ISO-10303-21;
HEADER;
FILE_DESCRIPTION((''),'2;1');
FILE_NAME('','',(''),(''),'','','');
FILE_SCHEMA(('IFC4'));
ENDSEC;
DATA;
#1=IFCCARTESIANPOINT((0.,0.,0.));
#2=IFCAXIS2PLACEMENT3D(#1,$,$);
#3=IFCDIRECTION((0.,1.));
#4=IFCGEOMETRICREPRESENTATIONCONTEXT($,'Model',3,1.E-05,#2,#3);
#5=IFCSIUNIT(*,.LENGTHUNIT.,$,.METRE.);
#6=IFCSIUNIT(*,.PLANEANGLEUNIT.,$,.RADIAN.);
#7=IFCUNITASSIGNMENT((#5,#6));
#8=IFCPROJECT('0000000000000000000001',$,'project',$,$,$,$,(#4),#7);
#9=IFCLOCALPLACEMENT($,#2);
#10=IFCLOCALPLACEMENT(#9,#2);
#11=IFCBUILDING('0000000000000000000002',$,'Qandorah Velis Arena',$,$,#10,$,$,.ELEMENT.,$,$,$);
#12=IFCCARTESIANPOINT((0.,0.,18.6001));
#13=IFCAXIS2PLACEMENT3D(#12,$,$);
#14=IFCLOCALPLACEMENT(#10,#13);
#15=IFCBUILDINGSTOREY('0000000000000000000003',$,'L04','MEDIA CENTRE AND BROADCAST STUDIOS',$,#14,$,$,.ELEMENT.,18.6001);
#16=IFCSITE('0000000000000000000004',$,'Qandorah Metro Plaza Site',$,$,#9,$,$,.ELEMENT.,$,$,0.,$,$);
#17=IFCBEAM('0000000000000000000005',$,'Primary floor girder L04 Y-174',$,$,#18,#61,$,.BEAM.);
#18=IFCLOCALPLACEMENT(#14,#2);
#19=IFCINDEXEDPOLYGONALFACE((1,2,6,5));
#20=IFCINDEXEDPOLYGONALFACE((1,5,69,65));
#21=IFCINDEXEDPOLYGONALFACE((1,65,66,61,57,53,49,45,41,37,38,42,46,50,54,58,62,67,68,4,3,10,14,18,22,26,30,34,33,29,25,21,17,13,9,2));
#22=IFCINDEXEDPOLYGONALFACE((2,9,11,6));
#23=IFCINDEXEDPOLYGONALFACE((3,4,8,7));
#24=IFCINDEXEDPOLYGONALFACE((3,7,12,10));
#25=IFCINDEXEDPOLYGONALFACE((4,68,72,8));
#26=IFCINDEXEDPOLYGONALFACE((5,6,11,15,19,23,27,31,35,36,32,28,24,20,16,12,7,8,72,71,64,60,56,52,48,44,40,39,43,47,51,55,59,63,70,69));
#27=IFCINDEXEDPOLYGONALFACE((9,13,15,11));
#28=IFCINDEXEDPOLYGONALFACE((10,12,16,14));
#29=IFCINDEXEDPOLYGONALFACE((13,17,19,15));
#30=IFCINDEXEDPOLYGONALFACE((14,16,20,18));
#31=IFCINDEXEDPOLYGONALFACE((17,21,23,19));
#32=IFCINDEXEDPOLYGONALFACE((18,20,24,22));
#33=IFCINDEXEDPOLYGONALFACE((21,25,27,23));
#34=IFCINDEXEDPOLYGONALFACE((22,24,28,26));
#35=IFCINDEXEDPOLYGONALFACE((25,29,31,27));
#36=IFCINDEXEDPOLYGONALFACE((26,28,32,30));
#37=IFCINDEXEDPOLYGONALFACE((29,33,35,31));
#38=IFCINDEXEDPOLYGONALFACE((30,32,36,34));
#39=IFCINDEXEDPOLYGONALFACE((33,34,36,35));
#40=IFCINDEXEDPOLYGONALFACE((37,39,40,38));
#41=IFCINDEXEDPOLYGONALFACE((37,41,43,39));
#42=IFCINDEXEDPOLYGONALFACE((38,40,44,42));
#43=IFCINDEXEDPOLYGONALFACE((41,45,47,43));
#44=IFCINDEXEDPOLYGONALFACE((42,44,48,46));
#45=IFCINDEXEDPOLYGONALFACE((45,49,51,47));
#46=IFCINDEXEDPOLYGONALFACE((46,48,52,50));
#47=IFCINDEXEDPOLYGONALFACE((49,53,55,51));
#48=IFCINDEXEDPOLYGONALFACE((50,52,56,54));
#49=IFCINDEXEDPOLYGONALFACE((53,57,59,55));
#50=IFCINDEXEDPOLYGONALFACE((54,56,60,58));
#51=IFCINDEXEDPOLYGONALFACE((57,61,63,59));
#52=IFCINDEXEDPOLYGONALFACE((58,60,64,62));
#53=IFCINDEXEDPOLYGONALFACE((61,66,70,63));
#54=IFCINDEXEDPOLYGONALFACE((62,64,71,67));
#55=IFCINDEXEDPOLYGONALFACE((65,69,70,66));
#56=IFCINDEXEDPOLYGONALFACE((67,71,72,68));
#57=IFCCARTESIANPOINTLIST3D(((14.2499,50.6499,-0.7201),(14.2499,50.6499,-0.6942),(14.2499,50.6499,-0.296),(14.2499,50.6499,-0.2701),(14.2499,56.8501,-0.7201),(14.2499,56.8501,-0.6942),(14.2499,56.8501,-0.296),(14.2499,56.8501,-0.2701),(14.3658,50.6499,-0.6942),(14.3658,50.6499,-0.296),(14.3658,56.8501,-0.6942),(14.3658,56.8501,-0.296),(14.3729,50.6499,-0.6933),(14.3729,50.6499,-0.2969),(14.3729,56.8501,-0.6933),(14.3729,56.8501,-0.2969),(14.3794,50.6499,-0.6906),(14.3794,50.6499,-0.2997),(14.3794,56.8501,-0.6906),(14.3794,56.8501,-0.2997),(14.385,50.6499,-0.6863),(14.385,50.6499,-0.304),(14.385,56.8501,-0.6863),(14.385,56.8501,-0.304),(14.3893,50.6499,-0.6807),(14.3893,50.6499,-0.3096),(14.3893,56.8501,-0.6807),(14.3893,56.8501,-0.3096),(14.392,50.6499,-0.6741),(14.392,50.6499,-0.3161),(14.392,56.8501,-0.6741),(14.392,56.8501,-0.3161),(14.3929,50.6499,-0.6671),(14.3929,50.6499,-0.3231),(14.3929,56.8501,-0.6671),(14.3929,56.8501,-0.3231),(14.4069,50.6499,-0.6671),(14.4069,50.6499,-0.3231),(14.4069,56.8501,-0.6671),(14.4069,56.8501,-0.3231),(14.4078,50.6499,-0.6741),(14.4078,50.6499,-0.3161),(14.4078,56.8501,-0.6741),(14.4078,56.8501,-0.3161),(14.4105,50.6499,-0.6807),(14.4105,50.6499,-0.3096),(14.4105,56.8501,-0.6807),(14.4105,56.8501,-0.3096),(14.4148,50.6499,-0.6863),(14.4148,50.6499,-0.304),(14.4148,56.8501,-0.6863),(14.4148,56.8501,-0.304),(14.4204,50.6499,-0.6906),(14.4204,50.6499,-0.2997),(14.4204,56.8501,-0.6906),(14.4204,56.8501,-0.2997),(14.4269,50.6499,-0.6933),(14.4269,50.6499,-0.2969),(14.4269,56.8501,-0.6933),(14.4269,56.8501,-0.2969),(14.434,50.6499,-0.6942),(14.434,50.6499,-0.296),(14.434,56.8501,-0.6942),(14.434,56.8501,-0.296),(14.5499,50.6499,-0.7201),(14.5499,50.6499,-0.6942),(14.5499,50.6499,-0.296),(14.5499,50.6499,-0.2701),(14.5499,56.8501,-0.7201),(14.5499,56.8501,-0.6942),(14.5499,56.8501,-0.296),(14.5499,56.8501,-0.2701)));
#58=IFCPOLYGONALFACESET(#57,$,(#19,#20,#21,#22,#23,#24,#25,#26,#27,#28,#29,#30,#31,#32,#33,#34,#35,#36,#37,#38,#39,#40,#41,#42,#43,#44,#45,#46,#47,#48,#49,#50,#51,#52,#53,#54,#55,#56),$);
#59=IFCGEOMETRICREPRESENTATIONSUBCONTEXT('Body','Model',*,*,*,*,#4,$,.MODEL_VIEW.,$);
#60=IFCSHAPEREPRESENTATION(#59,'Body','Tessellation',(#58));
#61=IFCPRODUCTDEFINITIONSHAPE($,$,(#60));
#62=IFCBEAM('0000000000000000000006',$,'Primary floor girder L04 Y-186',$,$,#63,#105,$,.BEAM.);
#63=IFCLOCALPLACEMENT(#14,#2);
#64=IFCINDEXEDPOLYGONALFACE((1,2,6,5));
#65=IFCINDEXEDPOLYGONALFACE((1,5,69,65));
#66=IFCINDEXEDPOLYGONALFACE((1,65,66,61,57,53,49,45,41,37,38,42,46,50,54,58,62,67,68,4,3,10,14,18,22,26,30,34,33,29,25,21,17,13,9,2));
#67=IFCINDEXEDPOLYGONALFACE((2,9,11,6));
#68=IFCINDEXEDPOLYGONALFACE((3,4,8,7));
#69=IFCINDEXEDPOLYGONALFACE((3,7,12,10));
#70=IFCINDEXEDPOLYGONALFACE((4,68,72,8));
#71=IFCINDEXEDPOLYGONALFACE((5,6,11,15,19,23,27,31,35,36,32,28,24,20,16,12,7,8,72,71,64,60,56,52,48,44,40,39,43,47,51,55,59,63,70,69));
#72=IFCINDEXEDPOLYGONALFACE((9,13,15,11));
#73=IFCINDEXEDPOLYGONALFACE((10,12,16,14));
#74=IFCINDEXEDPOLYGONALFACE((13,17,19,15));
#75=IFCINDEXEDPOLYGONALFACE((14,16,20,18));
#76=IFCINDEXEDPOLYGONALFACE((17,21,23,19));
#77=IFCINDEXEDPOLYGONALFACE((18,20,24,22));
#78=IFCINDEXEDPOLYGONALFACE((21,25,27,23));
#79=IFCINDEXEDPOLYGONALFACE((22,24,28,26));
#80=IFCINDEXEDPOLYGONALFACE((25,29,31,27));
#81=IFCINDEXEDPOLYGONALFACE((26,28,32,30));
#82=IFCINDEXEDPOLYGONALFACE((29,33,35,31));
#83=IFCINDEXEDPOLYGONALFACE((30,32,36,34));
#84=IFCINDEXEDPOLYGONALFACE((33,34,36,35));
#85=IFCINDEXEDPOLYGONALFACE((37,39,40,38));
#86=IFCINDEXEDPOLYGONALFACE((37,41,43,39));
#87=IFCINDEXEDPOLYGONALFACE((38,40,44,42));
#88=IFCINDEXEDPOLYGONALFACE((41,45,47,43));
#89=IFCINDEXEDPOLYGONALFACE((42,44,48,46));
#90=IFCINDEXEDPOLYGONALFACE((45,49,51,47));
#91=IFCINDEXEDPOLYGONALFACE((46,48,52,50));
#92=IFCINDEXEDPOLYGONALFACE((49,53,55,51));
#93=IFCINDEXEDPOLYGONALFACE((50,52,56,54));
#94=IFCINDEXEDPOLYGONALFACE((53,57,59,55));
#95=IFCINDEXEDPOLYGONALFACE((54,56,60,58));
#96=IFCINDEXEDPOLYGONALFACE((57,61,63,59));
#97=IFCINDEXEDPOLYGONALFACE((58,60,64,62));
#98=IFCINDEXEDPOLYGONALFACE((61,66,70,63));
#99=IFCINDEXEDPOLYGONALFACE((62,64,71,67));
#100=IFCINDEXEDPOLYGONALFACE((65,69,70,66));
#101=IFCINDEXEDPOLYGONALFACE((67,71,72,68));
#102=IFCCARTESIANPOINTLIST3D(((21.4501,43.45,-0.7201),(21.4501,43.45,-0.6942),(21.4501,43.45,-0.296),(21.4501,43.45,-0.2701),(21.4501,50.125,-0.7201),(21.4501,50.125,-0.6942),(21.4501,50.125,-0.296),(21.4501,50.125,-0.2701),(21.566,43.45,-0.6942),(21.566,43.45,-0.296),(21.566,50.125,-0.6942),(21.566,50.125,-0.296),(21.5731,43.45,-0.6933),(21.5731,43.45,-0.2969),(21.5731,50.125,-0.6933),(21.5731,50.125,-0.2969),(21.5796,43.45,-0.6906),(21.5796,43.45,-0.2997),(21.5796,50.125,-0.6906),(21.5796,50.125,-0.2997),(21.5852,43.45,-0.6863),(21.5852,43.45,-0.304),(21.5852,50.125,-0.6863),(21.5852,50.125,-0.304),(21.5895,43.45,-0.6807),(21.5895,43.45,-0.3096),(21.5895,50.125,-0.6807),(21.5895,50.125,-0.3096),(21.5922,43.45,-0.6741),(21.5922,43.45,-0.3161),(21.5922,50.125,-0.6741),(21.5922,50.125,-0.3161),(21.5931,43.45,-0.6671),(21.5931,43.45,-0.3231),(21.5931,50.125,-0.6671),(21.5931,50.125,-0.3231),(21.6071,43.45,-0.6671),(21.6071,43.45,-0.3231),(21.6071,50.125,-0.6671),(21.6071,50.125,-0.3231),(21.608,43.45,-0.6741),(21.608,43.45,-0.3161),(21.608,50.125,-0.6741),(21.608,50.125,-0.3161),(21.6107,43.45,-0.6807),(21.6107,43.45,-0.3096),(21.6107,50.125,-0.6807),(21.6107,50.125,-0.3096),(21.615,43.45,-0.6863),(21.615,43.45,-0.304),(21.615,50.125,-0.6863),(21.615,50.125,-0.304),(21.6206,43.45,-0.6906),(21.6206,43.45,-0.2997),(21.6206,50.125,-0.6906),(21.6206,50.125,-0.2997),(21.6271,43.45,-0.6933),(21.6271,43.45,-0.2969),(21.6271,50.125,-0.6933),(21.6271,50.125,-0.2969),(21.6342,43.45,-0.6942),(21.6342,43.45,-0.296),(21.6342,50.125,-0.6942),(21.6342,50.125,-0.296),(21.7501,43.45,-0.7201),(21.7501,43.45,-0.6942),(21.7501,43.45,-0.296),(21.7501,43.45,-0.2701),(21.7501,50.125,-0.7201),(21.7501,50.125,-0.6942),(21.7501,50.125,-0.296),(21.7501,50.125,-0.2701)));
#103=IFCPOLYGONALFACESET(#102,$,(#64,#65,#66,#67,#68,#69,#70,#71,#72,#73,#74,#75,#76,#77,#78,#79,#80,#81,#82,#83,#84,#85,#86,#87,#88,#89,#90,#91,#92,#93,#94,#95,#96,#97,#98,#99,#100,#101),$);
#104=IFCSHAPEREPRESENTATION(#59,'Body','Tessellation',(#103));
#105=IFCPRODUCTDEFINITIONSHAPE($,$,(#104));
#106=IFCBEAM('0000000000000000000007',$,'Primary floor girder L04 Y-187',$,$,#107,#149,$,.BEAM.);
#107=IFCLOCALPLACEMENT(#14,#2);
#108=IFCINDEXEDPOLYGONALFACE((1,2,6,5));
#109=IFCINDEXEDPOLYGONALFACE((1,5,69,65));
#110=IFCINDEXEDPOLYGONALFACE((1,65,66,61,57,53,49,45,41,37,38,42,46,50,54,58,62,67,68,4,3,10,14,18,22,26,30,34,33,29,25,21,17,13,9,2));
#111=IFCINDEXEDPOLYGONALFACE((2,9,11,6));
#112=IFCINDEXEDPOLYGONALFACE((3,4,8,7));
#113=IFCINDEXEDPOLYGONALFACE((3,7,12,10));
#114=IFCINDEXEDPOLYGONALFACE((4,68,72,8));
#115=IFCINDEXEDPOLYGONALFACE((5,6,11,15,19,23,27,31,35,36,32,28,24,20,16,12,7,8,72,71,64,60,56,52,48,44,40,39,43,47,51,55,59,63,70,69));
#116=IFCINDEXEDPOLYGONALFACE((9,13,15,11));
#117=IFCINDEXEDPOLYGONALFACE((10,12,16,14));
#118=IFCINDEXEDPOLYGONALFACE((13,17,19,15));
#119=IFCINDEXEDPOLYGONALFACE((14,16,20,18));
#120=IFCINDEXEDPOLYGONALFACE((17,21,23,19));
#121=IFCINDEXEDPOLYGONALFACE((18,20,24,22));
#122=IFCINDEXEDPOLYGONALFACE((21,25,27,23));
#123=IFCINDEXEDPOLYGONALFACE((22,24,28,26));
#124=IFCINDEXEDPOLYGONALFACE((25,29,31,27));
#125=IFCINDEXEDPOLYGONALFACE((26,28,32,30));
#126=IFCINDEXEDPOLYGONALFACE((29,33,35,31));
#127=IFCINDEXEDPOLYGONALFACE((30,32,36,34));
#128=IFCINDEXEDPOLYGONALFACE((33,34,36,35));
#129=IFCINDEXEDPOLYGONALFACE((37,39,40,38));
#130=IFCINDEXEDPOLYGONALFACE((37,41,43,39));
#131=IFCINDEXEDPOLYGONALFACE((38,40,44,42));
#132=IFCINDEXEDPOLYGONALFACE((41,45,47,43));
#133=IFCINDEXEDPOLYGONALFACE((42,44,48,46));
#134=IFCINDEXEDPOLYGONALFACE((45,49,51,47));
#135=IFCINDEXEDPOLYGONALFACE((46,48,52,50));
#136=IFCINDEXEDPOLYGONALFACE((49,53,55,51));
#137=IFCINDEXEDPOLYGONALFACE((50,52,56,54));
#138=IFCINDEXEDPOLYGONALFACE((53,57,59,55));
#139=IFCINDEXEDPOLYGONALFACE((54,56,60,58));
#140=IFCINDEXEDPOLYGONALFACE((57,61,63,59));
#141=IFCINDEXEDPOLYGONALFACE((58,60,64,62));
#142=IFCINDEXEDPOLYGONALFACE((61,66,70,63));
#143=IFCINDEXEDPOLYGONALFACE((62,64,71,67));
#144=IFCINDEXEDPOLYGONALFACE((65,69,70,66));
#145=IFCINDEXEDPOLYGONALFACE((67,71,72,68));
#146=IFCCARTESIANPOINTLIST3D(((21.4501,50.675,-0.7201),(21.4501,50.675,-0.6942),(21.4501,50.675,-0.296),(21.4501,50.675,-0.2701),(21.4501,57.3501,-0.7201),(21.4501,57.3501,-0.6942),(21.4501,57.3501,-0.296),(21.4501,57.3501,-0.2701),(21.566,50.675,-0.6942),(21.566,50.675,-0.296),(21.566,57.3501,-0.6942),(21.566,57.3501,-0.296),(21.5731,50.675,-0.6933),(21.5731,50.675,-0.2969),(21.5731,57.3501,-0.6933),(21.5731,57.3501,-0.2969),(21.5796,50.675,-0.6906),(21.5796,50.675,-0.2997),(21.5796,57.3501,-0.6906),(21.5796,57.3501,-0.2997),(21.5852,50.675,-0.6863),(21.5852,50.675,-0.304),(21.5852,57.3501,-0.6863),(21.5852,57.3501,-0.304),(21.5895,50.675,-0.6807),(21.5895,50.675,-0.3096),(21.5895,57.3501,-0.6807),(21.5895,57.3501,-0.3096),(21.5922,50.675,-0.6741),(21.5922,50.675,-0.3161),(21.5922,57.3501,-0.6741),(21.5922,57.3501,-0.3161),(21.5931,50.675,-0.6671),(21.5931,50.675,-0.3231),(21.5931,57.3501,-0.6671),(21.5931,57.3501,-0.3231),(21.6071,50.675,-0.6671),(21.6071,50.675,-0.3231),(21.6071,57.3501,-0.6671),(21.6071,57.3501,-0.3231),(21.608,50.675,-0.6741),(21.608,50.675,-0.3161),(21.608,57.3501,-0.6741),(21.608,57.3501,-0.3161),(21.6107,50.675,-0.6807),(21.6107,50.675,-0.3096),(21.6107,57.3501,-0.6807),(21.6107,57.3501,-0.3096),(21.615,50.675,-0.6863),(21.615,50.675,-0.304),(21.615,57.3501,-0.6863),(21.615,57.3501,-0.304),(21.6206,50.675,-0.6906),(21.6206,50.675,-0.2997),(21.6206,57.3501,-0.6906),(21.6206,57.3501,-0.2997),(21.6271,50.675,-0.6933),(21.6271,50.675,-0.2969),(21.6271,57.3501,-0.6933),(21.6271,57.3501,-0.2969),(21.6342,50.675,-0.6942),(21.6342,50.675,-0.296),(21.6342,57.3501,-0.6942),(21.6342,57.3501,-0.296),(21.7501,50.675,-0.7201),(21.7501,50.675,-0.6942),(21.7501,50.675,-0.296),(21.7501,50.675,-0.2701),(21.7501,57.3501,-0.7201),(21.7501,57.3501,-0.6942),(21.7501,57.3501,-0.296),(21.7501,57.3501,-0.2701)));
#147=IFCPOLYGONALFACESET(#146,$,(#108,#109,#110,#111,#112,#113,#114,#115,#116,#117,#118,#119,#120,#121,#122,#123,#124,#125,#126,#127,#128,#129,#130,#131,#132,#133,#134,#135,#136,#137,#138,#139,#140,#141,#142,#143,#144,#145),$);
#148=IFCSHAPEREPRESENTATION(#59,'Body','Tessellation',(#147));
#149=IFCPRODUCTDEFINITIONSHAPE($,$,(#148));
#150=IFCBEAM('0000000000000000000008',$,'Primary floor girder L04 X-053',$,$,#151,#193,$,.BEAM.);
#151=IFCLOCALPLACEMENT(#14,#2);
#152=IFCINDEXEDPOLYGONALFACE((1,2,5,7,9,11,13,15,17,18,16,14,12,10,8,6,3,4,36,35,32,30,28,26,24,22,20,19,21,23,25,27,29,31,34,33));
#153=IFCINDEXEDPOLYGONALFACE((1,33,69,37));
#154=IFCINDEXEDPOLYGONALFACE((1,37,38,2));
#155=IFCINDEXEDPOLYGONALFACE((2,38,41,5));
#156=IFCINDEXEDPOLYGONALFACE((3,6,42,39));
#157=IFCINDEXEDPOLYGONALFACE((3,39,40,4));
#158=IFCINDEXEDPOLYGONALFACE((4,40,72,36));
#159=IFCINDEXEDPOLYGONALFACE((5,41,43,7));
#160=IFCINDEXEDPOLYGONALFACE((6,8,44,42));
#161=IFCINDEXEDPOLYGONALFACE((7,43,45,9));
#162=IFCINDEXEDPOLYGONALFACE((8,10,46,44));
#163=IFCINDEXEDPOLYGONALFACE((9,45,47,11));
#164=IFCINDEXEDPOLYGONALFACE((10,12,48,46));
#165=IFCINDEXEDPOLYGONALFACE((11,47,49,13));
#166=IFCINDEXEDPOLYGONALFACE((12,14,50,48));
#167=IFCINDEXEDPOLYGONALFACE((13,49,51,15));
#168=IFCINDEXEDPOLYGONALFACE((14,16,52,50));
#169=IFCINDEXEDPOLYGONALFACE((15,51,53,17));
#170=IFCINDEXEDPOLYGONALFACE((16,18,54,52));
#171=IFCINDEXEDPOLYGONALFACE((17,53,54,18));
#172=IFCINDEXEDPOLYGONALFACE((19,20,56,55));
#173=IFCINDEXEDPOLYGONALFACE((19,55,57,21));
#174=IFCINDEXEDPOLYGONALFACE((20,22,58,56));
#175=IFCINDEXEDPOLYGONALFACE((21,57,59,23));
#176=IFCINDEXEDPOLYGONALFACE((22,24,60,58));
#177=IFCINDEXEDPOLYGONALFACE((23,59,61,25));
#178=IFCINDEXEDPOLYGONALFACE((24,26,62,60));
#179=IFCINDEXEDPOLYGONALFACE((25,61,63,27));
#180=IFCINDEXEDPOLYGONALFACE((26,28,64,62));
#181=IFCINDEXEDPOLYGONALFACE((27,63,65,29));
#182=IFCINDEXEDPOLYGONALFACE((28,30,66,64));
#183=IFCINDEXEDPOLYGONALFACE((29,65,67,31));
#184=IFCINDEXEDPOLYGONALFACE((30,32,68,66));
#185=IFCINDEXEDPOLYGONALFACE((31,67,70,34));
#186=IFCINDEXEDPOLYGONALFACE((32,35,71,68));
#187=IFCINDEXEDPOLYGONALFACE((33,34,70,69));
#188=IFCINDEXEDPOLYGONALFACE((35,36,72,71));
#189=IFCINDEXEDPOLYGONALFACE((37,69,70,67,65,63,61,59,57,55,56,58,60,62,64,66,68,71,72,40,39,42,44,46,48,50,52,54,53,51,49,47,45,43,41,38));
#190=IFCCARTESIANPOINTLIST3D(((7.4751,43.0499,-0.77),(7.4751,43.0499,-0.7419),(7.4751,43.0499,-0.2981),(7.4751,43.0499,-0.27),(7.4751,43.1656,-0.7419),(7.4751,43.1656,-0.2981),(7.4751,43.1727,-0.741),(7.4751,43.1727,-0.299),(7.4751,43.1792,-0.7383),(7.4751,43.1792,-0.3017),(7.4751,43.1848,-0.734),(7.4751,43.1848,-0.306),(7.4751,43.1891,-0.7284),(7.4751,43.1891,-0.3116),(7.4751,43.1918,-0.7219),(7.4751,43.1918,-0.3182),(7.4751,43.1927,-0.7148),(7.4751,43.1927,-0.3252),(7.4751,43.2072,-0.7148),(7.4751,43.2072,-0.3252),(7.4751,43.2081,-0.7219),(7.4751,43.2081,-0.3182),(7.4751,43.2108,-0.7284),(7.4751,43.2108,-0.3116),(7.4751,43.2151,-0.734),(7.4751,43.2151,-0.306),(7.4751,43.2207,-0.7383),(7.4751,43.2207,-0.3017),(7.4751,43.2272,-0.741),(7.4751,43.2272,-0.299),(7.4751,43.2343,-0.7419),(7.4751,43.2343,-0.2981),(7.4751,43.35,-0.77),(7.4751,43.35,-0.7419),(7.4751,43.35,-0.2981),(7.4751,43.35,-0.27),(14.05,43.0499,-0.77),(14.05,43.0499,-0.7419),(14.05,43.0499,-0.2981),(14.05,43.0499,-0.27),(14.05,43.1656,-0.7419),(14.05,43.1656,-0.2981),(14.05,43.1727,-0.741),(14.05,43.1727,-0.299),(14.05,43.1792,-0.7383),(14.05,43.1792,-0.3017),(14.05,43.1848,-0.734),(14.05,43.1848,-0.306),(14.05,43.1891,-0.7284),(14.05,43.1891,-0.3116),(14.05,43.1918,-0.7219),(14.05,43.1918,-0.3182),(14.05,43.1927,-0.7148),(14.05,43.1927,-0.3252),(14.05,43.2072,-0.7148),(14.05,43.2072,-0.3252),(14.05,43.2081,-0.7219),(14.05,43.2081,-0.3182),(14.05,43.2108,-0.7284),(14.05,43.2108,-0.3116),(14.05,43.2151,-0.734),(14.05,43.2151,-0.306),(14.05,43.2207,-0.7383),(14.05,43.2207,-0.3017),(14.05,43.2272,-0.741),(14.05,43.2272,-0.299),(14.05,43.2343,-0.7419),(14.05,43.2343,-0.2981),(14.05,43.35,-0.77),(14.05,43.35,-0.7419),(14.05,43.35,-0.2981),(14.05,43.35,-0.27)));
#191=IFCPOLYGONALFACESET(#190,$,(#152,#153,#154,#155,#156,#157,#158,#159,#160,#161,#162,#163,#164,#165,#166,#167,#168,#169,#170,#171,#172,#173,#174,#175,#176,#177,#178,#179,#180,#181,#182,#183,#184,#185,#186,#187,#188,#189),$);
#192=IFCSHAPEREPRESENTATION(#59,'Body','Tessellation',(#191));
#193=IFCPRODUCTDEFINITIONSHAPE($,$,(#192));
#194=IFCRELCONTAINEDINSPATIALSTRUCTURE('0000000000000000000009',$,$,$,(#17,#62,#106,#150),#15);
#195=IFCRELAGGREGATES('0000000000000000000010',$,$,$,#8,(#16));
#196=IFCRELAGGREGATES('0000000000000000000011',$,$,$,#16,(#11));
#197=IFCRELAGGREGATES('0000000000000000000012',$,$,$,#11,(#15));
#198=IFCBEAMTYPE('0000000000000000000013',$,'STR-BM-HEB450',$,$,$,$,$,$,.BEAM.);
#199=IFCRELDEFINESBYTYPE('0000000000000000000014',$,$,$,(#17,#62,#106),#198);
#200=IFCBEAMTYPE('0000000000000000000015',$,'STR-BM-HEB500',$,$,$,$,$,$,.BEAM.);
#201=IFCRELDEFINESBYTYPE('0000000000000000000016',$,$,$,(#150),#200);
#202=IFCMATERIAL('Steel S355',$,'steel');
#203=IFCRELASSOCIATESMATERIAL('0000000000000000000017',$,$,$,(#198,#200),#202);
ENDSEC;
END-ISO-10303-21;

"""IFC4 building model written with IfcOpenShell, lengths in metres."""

from ifc_helpers import new_model, si_unit, direction, frame, origin, origin_2d, place, context, subcontext, project, spatial, i_section, extrude, material, material_profile, profile_set, type_object, element, save


model = new_model("IFC4")

# Units and contexts
model_context = context("Model", 3, precision=1e-05, world=origin(), true_north=direction((0.0, 1.0)))
body_context = subcontext(model_context, "Body", "Model", "MODEL_VIEW")
ifc_project = project(units=[si_unit("LENGTHUNIT", "METRE"), si_unit("PLANEANGLEUNIT", "RADIAN")], contexts=[model_context])

# Site, building, storey
site_placement = place(None, origin())
site = spatial("IfcSite", under=ifc_project, at=site_placement, Name="Qandorah Metro Plaza Site", CompositionType="ELEMENT", RefElevation=0.0)
building_placement = place(site_placement, origin())
building = spatial("IfcBuilding", under=site, at=building_placement, Name="Qandorah Velis Arena", CompositionType="ELEMENT")
storey_placement = place(building_placement, frame((0.0, 0.0, 18.6001)))
storey = spatial("IfcBuildingStorey", under=building, at=storey_placement, Name="L04", Description="MEDIA CENTRE AND BROADCAST STUDIOS", CompositionType="ELEMENT", Elevation=18.6001)

# Shared definitions
ifc_material_1 = material(Name="Steel S355", Category="steel")

# Beams
ifc_material_profile_1 = material_profile(ifc_material_1, i_section(OverallWidth=0.3, OverallDepth=0.45, WebThickness=0.0139, FlangeThickness=0.0259, FilletRadius=0.0271, at=origin_2d()), Name="HEB 450")
ifc_profile_set_1 = profile_set([ifc_material_profile_1], Name="Steel S355")
beam_type_1 = type_object("IfcBeamType", Name="STR-BM-HEB450", PredefinedType="BEAM", material=ifc_profile_set_1)
beam_1_placement = place(storey_placement, frame((14.3999, 50.6499, -0.4951), z_axis=(0.0, 1.0, 0.0), x_axis=(-1.0, 0.0, 0.0)))
element("IfcBeam", 1, at=beam_1_placement, inside=storey, type_object=beam_type_1, Name="Primary floor girder L04 Y-174", PredefinedType="BEAM", context=body_context, shape_type="SweptSolid", body=[
    extrude(i_section(OverallWidth=0.3, OverallDepth=0.45, WebThickness=0.0139, FlangeThickness=0.0259, FilletRadius=0.0271, at=origin_2d()), origin(), (0.0, 0.0, 1.0), 6.2002),
])
for number, where, z_axis, x_axis, name in (
    (2, (21.6001, 43.45, -0.4951), (0.0, 1.0, 0.0), (-1.0, 0.0, 0.0), "Primary floor girder L04 Y-186"),
    (3, (21.6001, 50.675, -0.4951), (0.0, 1.0, 0.0), (-1.0, 0.0, 0.0), "Primary floor girder L04 Y-187"),
):
    element("IfcBeam", number, at=place(storey_placement, frame(where, z_axis=z_axis, x_axis=x_axis)), inside=storey, type_object=beam_type_1, Name=name, PredefinedType="BEAM", context=body_context, shape_type="SweptSolid", body=[
        extrude(i_section(OverallWidth=0.3, OverallDepth=0.45, WebThickness=0.0139, FlangeThickness=0.0259, FilletRadius=0.0271, at=origin_2d()), origin(), (0.0, 0.0, 1.0), 6.675),
    ])
ifc_material_profile_2 = material_profile(ifc_material_1, i_section(OverallWidth=0.3, OverallDepth=0.5, WebThickness=0.0144, FlangeThickness=0.0281, FilletRadius=0.0271, at=origin_2d()), Name="HEB 500")
ifc_profile_set_2 = profile_set([ifc_material_profile_2], Name="Steel S355")
beam_type_2 = type_object("IfcBeamType", Name="STR-BM-HEB500", PredefinedType="BEAM", material=ifc_profile_set_2)
beam_2_placement = place(storey_placement, frame((7.4751, 43.2, -0.52), z_axis=(1.0, 0.0, 0.0), x_axis=(0.0, 1.0, 0.0)))
element("IfcBeam", 4, at=beam_2_placement, inside=storey, type_object=beam_type_2, Name="Primary floor girder L04 X-053", PredefinedType="BEAM", context=body_context, shape_type="SweptSolid", body=[
    extrude(i_section(OverallWidth=0.3, OverallDepth=0.5, WebThickness=0.0144, FlangeThickness=0.0281, FilletRadius=0.0271, at=origin_2d()), origin(), (0.0, 0.0, 1.0), 6.575),
])

save(model, "model.ifc")
